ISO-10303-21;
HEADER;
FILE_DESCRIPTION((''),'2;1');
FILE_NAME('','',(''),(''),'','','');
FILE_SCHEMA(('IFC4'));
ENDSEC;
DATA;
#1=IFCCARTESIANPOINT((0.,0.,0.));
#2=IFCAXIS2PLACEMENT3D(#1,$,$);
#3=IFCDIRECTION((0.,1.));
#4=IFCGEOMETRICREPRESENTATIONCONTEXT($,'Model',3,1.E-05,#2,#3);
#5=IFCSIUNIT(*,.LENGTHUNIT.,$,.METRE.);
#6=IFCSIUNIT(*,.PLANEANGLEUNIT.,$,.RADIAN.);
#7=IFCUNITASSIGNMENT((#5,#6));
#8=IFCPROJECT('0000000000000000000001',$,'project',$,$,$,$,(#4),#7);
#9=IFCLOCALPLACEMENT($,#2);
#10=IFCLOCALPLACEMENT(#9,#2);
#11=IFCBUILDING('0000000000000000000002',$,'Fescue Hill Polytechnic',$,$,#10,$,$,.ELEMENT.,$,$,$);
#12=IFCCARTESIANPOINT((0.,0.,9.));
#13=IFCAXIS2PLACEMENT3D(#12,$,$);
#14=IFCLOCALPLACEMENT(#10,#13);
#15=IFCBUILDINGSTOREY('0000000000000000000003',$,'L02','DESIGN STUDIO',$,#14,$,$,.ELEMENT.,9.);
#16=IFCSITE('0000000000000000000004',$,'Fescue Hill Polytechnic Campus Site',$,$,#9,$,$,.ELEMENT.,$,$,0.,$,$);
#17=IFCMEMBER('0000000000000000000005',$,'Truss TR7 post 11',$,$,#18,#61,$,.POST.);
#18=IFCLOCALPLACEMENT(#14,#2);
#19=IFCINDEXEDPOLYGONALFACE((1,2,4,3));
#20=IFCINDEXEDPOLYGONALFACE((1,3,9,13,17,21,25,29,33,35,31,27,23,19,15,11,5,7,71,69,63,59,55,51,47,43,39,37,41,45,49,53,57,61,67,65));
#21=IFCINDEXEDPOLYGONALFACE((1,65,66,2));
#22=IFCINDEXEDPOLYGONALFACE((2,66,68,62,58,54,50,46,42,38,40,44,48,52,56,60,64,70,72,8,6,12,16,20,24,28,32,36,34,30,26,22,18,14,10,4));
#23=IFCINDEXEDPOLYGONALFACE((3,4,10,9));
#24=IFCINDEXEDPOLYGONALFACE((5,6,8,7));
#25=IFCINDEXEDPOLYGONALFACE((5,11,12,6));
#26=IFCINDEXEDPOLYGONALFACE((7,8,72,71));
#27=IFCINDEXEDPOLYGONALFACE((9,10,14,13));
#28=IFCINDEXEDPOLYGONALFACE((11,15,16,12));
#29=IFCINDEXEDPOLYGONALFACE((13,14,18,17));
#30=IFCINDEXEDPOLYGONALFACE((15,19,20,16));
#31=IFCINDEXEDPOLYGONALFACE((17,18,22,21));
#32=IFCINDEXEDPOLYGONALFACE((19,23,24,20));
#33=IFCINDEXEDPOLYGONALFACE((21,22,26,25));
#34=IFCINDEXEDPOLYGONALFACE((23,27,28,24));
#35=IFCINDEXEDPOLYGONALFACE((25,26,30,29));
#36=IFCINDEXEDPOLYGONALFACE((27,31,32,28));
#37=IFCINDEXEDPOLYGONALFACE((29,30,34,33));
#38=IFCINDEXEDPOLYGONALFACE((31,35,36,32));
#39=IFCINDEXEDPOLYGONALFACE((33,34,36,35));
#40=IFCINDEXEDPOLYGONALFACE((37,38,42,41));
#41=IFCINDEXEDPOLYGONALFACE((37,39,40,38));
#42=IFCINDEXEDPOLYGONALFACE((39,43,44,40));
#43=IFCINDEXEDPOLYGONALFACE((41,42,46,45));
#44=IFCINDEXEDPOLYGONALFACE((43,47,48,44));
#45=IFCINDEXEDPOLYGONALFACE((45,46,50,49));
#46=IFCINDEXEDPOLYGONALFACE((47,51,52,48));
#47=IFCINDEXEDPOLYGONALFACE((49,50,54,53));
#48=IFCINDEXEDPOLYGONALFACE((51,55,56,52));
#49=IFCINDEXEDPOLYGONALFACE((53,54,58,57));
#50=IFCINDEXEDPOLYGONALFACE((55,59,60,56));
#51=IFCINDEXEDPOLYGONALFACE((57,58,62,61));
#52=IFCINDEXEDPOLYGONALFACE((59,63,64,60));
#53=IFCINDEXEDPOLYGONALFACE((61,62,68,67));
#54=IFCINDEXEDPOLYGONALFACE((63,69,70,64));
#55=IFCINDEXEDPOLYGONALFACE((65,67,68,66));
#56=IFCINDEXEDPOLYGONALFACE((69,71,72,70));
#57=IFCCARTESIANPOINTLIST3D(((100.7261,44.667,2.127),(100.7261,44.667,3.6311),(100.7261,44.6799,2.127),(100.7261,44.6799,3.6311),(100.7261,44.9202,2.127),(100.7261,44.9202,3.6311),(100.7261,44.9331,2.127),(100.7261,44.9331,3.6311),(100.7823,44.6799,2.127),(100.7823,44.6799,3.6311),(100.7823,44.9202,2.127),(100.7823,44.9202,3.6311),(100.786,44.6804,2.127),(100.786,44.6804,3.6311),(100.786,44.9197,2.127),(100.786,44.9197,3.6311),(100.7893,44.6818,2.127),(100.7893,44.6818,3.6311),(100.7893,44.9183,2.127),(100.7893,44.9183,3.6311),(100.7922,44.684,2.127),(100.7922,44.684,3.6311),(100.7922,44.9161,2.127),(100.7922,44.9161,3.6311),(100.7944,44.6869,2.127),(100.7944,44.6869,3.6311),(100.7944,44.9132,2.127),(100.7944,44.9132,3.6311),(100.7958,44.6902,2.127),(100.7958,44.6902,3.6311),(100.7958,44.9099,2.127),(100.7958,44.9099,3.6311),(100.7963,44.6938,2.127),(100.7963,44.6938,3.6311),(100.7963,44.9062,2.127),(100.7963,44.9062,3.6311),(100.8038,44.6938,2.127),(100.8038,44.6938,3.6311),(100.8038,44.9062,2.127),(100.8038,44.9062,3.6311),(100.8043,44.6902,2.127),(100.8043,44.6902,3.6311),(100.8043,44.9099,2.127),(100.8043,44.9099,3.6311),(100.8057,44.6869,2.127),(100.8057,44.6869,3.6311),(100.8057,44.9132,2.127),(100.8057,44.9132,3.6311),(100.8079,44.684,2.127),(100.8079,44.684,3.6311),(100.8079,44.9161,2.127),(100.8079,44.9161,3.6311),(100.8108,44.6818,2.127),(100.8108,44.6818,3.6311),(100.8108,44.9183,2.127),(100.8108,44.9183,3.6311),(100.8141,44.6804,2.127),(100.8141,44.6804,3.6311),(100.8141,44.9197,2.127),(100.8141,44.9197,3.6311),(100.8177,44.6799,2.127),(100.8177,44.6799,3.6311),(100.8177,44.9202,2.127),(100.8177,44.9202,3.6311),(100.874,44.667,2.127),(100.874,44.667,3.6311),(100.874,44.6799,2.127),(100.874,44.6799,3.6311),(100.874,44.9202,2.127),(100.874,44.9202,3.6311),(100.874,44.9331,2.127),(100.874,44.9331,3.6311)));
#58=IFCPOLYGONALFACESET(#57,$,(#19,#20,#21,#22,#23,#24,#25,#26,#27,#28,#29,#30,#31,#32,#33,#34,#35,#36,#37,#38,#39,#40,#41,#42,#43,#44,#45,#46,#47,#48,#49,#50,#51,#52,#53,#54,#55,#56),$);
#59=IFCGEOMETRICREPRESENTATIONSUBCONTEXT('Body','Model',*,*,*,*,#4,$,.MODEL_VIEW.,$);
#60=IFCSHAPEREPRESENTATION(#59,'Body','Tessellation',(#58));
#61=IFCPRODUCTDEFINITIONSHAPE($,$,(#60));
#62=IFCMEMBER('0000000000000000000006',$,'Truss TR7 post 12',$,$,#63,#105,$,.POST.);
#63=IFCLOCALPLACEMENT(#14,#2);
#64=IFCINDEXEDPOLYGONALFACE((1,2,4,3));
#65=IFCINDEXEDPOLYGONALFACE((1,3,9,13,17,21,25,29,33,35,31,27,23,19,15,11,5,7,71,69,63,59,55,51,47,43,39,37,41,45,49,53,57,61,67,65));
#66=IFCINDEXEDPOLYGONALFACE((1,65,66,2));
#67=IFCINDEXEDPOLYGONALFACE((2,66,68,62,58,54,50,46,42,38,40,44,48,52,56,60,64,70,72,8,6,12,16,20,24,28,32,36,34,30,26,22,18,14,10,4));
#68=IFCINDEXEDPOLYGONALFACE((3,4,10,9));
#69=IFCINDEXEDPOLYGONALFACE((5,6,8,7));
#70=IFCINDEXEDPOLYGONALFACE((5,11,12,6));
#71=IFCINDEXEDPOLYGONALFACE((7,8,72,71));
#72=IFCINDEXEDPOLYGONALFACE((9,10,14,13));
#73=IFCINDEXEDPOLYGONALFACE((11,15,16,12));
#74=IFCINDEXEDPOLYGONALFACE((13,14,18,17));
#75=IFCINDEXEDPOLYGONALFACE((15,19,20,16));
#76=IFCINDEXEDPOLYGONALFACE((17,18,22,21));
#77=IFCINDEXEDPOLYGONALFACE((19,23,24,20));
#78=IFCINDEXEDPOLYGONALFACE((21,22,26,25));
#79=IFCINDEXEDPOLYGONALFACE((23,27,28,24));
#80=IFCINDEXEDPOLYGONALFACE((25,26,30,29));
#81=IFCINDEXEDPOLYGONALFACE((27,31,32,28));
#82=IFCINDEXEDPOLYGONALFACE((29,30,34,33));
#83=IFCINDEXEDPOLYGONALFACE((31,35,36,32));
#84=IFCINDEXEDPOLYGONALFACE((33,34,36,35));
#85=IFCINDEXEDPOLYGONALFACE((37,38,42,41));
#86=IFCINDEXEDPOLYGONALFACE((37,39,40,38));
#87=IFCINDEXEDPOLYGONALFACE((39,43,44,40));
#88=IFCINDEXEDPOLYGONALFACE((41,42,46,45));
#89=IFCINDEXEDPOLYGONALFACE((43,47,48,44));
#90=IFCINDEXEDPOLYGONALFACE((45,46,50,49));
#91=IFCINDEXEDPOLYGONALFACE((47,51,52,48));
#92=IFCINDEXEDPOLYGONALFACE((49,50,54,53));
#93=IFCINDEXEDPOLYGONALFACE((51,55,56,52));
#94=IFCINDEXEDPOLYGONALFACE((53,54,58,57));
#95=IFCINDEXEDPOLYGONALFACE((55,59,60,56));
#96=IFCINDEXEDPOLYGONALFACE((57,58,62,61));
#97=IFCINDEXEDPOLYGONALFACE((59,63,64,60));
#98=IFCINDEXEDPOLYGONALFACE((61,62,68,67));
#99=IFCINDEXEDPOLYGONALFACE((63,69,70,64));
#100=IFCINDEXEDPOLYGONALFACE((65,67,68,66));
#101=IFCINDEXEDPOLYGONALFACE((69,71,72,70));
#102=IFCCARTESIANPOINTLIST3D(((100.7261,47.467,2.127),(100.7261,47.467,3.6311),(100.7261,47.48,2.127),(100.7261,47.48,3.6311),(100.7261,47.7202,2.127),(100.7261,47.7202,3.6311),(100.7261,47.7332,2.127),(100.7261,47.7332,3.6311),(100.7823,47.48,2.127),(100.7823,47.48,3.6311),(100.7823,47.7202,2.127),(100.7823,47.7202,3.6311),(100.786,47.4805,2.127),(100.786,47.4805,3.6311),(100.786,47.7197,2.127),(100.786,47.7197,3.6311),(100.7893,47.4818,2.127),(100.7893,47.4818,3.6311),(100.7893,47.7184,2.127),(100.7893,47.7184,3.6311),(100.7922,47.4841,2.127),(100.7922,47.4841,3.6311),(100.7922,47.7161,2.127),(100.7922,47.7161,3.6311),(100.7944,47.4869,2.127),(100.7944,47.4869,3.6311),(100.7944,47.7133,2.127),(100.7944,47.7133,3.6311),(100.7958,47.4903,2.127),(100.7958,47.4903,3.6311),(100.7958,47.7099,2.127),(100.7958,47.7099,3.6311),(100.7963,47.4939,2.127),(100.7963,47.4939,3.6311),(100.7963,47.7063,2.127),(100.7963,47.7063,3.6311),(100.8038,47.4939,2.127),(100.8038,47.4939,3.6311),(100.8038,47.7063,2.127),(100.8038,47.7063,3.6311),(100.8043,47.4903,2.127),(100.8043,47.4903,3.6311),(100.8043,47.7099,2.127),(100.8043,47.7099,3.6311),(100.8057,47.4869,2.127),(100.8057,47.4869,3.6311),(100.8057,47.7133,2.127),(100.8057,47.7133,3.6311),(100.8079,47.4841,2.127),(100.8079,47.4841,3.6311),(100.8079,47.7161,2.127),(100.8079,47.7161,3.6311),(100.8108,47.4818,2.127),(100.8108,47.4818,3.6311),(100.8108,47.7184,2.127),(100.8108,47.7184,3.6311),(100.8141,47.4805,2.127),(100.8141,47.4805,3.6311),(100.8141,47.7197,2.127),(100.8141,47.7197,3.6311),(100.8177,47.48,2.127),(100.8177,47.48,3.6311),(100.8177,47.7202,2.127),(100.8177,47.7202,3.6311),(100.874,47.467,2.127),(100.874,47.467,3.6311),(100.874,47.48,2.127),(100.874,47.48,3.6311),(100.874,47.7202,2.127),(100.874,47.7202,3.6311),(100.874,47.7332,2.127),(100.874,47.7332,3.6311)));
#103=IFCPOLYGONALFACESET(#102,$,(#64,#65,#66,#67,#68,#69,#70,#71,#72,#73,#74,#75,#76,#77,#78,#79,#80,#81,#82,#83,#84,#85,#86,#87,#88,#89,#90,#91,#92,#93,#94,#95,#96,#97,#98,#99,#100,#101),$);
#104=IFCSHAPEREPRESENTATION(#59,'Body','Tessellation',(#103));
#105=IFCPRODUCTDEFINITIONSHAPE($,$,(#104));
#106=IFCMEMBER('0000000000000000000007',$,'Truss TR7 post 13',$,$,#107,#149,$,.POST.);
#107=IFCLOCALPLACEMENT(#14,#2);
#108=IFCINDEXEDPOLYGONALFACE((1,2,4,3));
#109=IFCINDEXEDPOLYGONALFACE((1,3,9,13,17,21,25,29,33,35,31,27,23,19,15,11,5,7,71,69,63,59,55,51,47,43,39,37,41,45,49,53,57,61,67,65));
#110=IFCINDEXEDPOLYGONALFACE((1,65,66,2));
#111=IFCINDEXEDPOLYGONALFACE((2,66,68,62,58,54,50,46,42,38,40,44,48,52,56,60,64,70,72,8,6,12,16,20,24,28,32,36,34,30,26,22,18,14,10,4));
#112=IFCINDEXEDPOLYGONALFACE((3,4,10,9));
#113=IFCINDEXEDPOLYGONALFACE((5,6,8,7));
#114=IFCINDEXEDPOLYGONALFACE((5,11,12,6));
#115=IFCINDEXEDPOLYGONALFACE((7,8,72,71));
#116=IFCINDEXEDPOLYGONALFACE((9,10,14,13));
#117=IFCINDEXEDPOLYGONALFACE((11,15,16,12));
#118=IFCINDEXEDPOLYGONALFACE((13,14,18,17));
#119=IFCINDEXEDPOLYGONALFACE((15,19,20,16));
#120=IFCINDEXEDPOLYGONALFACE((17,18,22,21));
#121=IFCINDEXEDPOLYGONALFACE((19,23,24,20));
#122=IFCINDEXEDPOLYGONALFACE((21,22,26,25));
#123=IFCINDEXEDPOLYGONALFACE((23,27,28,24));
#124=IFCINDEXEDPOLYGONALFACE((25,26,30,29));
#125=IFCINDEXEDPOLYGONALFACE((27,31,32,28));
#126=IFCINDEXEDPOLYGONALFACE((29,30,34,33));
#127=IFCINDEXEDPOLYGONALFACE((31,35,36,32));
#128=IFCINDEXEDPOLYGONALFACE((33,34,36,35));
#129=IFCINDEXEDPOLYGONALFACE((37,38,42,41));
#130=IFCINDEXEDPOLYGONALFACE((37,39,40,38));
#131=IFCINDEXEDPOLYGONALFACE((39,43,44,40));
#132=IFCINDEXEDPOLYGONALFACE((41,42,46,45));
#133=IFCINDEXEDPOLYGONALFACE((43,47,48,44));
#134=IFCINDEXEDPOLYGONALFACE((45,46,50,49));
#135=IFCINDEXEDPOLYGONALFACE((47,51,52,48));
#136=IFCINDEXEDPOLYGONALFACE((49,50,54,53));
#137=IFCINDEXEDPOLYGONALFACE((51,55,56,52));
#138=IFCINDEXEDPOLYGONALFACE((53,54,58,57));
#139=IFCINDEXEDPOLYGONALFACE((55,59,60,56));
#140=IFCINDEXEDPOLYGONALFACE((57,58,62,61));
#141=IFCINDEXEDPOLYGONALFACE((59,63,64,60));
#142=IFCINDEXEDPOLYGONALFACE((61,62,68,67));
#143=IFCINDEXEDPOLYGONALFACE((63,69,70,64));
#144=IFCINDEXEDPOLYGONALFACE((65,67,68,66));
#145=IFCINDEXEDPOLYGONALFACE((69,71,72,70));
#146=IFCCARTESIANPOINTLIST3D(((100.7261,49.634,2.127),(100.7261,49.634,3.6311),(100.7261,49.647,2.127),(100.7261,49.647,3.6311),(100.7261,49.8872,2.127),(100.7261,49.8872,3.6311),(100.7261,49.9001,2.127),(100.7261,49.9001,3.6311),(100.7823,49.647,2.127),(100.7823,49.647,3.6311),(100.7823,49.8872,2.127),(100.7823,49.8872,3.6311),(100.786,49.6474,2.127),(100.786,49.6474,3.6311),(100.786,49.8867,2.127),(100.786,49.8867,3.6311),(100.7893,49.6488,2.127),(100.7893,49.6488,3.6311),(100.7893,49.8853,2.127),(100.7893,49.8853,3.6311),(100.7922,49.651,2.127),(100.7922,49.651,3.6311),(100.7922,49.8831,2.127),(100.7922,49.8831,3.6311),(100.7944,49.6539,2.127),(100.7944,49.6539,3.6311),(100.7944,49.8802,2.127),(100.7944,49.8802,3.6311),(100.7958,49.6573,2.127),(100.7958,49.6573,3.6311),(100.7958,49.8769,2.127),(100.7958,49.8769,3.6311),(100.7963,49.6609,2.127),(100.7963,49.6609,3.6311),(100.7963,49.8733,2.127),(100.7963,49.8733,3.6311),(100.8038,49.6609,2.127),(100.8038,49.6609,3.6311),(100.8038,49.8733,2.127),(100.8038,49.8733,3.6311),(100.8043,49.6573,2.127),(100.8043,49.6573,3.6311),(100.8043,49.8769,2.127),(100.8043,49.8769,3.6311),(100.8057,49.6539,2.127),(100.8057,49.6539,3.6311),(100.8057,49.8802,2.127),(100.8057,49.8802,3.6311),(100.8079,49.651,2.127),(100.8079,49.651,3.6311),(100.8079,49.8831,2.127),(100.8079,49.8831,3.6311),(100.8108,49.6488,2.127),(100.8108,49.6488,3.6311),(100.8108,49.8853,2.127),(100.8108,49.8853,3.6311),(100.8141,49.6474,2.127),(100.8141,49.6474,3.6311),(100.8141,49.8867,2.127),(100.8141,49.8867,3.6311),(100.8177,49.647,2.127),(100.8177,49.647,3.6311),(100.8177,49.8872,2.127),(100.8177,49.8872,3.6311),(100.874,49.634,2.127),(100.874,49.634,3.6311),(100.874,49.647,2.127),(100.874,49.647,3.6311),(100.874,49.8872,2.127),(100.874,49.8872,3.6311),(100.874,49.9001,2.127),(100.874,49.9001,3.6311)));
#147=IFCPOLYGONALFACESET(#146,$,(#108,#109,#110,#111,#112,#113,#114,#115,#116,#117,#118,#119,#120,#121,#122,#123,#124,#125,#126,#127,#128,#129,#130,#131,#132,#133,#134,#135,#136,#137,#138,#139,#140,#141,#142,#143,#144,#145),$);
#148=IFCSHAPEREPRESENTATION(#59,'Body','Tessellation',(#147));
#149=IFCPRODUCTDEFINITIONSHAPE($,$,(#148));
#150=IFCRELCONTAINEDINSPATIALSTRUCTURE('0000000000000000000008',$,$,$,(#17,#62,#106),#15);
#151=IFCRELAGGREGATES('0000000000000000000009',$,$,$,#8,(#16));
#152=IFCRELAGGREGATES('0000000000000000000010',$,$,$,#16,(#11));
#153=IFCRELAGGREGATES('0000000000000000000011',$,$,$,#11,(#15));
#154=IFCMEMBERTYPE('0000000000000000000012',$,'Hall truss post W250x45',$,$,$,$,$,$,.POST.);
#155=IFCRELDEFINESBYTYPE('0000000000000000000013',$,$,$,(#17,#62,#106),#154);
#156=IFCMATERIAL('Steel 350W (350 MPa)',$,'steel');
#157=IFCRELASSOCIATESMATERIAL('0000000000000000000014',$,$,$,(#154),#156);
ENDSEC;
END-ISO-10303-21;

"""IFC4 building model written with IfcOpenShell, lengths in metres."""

from ifc_helpers import new_model, si_unit, direction, frame, origin, origin_2d, place, context, subcontext, project, spatial, i_section, extrude, material, material_profile, profile_set, type_object, element, save


model = new_model("IFC4")

# Units and contexts
model_context = context("Model", 3, precision=1e-05, world=origin(), true_north=direction((0.0, 1.0)))
body_context = subcontext(model_context, "Body", "Model", "MODEL_VIEW")
ifc_project = project(units=[si_unit("LENGTHUNIT", "METRE"), si_unit("PLANEANGLEUNIT", "RADIAN")], contexts=[model_context])

# Site, building, storey
site_placement = place(None, origin())
site = spatial("IfcSite", under=ifc_project, at=site_placement, Name="Fescue Hill Polytechnic Campus Site", CompositionType="ELEMENT", RefElevation=0.0)
building_placement = place(site_placement, origin())
building = spatial("IfcBuilding", under=site, at=building_placement, Name="Fescue Hill Polytechnic", CompositionType="ELEMENT")
storey_placement = place(building_placement, frame((0.0, 0.0, 9.0)))
storey = spatial("IfcBuildingStorey", under=building, at=storey_placement, Name="L02", Description="DESIGN STUDIO", CompositionType="ELEMENT", Elevation=9.0)

# Members
ifc_material_1 = material(Name="Steel 350W (350 MPa)", Category="steel")
ifc_material_profile_1 = material_profile(ifc_material_1, i_section(OverallWidth=0.1479, OverallDepth=0.2661, WebThickness=0.0076, FlangeThickness=0.0129, FilletRadius=0.0139, at=origin_2d()), Name="W250x45")
ifc_profile_set_1 = profile_set([ifc_material_profile_1], Name="Steel 350W (350 MPa)")
member_type_1 = type_object("IfcMemberType", Name="Hall truss post W250x45", PredefinedType="POST", material=ifc_profile_set_1)
for number, where, z_axis, x_axis, name in (
    (1, (100.8, 44.8, 2.127), (0.0, 0.0, 1.0), (1.0, 0.0, 0.0), "Truss TR7 post 11"),
    (2, (100.8, 47.6001, 2.127), (0.0, 0.0, 1.0), (1.0, 0.0, 0.0), "Truss TR7 post 12"),
    (3, (100.8, 49.7671, 2.127), (0.0, 0.0, 1.0), (1.0, 0.0, 0.0), "Truss TR7 post 13"),
):
    element("IfcMember", number, at=place(storey_placement, frame(where, z_axis=z_axis, x_axis=x_axis)), inside=storey, type_object=member_type_1, Name=name, PredefinedType="POST", context=body_context, shape_type="SweptSolid", body=[
        extrude(i_section(OverallWidth=0.1479, OverallDepth=0.2661, WebThickness=0.0076, FlangeThickness=0.0129, FilletRadius=0.0139, at=origin_2d()), origin(), (0.0, 0.0, 1.0), 1.5042),
    ])

save(model, "model.ifc")
